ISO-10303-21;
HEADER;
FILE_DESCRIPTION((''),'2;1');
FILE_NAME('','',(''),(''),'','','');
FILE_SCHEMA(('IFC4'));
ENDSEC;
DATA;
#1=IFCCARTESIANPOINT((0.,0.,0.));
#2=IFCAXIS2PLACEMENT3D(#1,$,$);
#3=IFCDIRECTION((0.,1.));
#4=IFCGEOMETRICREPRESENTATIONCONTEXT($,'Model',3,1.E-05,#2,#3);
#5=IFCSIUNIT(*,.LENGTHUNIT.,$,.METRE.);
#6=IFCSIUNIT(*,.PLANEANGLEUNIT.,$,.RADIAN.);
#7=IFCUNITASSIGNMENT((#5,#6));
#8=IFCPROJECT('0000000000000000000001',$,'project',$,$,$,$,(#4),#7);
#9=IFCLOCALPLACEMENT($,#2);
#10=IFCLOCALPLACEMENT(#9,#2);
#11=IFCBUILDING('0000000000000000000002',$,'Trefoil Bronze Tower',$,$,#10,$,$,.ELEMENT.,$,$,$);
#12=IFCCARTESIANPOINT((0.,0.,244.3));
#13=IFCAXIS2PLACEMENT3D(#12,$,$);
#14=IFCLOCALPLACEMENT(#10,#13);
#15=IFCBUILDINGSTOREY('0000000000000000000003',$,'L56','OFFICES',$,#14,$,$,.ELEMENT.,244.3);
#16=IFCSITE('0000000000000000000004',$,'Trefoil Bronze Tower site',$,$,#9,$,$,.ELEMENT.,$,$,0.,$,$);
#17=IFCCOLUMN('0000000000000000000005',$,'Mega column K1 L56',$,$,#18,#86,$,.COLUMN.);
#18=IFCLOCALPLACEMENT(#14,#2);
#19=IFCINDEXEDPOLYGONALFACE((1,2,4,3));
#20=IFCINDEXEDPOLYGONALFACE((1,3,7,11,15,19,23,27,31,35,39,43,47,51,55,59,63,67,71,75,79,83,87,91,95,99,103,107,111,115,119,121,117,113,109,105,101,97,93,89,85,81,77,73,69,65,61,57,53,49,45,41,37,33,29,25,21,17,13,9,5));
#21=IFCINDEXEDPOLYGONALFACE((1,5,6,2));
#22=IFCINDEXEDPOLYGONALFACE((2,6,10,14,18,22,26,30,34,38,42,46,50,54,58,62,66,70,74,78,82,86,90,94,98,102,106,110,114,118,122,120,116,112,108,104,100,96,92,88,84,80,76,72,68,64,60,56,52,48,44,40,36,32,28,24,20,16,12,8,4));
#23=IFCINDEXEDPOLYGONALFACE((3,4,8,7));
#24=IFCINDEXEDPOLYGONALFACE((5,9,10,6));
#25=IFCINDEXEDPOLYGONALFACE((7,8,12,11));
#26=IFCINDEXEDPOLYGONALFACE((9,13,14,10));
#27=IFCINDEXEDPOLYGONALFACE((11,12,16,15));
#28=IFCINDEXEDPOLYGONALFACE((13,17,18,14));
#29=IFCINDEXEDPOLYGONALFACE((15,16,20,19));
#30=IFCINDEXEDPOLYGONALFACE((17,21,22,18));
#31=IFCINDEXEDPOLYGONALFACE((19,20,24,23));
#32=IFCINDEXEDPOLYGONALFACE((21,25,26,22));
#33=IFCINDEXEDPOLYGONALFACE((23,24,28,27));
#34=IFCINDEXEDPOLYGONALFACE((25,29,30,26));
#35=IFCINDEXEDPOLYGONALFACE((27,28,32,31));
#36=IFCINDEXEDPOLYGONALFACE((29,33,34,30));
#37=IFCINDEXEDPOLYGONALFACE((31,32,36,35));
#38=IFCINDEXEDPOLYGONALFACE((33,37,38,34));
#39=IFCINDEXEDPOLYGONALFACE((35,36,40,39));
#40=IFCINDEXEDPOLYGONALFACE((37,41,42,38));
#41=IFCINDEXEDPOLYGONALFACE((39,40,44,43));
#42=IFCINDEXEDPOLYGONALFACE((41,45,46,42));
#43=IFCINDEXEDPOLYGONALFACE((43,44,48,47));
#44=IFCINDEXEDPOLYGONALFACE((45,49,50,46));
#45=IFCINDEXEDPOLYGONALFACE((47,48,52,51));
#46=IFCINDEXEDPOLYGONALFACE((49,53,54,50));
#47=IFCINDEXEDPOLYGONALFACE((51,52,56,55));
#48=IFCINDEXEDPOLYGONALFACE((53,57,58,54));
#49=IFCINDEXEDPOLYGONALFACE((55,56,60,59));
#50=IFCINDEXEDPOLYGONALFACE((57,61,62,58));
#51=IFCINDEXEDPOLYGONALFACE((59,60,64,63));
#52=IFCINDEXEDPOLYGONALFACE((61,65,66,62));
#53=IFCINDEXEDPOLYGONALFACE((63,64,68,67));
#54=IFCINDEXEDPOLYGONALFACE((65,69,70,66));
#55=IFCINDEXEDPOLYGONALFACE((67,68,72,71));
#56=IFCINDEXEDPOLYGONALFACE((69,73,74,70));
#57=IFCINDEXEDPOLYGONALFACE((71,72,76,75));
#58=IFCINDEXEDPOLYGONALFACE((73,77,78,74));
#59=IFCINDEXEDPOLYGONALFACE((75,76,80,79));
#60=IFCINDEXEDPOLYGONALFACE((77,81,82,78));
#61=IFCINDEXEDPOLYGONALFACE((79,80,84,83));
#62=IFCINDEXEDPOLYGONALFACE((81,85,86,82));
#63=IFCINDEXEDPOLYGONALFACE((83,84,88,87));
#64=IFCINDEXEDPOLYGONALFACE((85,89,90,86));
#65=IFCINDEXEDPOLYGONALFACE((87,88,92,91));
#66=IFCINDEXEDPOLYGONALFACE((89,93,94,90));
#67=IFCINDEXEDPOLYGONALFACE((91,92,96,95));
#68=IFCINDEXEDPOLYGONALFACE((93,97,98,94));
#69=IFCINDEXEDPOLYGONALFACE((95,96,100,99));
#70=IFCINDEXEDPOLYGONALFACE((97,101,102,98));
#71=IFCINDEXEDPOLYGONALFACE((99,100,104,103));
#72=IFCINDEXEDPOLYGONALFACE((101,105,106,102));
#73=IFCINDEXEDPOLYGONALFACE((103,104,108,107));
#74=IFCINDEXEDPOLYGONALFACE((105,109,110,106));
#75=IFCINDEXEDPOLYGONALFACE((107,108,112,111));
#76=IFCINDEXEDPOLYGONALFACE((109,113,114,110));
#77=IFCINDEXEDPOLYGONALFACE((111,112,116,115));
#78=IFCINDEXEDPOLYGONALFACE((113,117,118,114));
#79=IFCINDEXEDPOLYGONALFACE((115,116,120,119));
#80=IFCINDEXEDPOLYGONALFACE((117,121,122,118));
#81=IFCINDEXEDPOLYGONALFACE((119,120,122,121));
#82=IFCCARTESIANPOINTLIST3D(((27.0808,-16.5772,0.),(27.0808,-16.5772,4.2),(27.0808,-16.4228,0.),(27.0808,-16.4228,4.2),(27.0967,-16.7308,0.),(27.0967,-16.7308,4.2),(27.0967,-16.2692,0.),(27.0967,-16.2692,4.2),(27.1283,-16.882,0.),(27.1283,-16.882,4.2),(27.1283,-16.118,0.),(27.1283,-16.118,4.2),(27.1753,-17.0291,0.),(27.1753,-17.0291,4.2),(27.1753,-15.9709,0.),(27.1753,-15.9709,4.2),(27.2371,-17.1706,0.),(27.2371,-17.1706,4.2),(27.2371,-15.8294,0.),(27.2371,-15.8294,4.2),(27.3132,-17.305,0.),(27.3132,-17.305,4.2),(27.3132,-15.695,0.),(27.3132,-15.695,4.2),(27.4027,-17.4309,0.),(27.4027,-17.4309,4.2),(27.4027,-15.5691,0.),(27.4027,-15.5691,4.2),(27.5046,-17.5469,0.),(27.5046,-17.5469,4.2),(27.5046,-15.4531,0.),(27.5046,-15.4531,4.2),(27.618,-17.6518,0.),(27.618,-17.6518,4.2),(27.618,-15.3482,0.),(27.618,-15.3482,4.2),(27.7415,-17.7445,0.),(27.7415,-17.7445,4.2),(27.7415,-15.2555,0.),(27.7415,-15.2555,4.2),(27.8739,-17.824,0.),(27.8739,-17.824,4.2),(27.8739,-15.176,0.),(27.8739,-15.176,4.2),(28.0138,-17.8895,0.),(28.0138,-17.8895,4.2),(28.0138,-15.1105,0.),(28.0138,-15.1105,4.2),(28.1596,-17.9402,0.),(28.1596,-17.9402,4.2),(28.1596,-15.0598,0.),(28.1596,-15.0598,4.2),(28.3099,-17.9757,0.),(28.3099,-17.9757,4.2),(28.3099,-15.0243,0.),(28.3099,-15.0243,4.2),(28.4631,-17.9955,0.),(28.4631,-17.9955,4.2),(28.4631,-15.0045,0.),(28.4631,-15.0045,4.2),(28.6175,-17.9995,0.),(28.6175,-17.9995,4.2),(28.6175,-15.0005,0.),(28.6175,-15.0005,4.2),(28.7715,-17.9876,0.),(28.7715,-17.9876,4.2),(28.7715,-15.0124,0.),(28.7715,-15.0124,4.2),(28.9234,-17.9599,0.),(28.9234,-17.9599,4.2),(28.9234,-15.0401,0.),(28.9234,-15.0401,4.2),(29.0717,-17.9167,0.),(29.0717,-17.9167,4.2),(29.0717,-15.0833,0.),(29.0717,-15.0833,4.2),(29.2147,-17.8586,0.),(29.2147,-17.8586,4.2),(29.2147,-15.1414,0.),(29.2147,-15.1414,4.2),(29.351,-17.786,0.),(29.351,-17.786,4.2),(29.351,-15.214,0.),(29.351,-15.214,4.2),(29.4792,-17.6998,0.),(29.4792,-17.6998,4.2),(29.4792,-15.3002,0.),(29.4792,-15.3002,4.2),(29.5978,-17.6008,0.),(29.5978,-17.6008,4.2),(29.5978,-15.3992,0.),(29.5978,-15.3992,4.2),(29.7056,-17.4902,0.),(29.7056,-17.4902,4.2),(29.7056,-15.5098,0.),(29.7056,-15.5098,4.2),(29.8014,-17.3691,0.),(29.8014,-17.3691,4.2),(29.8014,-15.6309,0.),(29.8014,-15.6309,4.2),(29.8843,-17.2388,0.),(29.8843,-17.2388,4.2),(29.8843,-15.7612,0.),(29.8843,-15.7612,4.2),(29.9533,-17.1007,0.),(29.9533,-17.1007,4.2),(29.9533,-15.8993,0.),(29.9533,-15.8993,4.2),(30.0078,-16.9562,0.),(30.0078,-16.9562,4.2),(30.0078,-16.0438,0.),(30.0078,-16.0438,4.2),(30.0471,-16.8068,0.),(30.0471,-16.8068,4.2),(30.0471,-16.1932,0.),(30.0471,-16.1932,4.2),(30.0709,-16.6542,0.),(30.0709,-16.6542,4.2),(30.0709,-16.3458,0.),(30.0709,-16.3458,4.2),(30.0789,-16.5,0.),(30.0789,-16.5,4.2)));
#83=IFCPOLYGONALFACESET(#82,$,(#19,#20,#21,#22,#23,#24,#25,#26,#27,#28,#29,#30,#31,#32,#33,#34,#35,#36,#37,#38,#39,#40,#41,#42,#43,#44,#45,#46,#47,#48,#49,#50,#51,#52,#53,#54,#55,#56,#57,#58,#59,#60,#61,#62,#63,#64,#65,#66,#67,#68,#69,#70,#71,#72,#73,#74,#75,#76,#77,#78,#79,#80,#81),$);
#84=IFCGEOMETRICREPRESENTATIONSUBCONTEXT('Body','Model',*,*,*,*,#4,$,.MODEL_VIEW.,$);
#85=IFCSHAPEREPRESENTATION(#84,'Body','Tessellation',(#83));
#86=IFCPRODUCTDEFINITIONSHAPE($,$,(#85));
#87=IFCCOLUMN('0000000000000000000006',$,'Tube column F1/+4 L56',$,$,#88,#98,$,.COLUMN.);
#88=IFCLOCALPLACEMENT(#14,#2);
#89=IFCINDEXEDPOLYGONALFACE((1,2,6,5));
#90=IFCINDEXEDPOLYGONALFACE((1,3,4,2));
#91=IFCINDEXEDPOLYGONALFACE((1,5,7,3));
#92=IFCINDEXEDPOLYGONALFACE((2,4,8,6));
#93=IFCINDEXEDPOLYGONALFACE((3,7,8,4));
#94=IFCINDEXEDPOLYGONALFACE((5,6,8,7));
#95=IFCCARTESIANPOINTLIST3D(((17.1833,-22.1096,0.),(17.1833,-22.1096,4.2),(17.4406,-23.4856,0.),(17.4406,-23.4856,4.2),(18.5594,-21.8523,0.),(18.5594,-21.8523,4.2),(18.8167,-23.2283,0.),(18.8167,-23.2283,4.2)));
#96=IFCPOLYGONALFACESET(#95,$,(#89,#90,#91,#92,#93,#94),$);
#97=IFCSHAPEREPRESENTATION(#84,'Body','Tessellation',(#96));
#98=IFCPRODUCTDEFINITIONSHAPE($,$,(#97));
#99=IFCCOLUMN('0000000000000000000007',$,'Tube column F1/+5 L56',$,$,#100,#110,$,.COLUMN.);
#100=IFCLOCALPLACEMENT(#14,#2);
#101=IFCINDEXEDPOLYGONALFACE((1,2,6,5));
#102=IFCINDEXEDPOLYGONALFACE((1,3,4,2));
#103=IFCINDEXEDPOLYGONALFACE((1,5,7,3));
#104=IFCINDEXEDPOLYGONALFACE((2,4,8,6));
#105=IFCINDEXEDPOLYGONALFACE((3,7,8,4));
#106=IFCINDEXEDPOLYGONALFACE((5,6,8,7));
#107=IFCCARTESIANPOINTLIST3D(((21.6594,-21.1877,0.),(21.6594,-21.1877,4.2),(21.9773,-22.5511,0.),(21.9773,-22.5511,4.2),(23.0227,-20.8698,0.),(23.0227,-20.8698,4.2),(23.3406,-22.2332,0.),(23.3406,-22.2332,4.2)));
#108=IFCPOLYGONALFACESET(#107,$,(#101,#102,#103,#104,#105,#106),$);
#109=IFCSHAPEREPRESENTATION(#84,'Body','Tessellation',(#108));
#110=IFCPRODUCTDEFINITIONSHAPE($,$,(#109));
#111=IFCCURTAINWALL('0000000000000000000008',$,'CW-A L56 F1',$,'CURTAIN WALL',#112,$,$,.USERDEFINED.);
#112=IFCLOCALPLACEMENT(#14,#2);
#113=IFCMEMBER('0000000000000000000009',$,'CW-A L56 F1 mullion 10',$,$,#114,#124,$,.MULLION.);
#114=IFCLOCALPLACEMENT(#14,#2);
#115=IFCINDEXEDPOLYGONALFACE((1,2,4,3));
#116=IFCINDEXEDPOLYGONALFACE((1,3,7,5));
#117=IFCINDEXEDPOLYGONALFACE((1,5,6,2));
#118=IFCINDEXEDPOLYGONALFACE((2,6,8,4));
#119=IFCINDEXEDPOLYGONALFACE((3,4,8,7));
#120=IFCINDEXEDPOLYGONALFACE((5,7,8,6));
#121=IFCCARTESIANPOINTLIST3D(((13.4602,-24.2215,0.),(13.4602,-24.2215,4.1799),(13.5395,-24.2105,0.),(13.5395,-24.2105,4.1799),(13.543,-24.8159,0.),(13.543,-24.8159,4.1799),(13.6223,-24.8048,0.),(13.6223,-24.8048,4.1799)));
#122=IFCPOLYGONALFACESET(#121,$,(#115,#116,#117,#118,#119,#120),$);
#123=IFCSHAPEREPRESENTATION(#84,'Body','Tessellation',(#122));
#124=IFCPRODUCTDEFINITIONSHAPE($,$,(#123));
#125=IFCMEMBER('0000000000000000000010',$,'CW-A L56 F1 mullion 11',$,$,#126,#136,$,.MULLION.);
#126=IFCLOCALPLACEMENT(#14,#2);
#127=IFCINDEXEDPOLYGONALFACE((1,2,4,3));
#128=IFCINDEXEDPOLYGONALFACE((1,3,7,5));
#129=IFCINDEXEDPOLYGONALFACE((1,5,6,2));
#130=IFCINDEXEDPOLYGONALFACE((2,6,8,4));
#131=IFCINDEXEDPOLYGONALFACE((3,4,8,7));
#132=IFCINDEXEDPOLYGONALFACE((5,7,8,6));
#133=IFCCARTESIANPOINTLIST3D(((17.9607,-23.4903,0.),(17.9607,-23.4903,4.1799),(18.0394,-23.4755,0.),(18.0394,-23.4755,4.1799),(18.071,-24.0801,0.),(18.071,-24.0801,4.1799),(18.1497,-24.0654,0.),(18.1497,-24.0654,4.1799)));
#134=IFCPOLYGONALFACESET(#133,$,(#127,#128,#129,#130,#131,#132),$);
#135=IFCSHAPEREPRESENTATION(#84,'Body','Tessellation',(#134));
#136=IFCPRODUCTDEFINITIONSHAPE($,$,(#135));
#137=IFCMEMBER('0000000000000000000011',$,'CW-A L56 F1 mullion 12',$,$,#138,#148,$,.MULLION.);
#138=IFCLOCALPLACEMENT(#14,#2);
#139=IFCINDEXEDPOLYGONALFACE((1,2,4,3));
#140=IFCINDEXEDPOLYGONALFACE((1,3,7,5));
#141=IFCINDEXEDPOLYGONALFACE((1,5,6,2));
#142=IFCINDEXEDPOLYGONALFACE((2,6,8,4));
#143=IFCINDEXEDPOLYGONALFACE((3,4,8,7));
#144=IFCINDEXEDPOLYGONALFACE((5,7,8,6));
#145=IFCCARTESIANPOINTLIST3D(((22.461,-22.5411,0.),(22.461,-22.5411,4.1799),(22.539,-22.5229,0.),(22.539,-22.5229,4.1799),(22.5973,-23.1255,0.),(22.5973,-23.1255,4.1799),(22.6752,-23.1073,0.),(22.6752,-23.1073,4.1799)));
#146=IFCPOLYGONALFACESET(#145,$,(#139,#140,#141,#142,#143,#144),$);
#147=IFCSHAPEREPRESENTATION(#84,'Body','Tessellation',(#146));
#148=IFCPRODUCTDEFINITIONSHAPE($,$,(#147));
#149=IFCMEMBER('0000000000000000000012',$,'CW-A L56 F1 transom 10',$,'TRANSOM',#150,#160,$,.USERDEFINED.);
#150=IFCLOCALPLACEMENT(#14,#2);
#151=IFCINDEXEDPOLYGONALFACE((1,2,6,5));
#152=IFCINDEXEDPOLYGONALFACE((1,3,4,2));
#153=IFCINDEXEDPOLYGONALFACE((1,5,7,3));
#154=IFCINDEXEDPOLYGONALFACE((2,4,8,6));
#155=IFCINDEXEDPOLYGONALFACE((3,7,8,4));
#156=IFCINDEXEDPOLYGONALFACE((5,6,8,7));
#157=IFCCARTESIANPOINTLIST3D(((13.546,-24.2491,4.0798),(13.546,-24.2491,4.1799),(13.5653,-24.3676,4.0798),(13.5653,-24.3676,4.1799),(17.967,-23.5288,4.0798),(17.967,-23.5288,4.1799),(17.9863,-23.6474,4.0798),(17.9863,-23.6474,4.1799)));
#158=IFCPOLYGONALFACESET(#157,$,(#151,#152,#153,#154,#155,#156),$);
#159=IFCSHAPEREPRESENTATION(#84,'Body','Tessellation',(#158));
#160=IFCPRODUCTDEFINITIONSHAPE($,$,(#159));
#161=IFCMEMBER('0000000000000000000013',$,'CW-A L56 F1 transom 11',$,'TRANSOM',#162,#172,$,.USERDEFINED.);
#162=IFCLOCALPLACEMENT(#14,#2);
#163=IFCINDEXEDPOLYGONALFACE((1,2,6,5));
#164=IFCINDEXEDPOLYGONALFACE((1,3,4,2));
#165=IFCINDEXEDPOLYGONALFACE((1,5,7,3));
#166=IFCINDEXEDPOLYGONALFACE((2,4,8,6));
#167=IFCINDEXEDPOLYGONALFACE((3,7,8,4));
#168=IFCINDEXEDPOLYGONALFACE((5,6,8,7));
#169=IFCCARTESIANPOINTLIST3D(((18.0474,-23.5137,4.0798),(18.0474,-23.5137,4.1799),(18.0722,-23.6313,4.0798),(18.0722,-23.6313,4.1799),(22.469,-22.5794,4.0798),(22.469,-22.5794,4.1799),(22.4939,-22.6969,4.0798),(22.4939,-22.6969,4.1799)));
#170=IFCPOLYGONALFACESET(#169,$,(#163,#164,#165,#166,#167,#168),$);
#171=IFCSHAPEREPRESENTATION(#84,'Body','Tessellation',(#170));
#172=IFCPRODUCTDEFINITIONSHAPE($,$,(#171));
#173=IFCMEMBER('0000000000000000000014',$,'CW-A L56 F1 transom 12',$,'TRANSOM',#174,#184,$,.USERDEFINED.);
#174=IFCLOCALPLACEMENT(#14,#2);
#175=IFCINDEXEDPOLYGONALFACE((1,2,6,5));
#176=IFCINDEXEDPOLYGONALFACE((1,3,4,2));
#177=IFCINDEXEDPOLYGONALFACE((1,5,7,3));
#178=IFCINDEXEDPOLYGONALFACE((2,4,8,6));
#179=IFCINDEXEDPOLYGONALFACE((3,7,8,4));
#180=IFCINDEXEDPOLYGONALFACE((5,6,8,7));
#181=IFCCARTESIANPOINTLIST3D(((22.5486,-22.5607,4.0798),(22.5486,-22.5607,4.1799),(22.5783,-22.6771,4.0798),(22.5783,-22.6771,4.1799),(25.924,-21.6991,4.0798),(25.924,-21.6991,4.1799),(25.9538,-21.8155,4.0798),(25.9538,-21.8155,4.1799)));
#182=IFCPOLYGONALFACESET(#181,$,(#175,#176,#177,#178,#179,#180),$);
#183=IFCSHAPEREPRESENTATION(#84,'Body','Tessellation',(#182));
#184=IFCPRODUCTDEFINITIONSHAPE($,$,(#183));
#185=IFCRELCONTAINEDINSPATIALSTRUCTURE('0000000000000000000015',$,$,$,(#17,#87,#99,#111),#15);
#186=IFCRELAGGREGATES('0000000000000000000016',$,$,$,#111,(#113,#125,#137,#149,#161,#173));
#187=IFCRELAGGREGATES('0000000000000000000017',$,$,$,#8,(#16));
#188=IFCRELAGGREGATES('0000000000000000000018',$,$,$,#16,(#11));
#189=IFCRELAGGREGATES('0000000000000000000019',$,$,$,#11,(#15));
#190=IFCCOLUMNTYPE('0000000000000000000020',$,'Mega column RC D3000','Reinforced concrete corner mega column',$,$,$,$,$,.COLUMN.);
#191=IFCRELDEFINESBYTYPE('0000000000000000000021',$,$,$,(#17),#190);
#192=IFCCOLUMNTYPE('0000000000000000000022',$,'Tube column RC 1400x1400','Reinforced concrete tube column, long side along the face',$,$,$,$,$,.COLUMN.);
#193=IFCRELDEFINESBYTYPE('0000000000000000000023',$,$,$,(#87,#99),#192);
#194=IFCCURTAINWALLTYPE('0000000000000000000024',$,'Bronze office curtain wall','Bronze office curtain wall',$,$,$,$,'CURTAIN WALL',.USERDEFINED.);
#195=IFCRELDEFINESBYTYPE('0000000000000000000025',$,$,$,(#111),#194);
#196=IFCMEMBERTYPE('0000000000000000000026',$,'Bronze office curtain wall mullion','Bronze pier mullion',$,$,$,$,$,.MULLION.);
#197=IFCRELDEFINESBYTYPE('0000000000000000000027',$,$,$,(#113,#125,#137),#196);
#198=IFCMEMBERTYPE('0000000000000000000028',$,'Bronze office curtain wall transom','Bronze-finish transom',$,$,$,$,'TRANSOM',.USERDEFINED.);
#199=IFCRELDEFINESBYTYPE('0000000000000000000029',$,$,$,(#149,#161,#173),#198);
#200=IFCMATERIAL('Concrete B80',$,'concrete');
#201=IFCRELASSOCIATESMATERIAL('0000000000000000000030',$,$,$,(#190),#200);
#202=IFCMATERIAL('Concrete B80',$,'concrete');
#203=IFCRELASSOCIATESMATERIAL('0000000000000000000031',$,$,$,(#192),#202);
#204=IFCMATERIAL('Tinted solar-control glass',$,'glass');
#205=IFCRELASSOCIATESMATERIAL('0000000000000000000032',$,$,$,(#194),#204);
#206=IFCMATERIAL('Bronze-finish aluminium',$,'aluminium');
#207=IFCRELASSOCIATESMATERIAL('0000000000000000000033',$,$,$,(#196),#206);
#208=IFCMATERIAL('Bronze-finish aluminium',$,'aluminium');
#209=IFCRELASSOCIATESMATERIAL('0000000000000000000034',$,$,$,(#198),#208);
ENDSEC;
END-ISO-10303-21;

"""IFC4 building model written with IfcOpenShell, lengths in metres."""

from ifc_helpers import new_model, si_unit, direction, frame, origin, origin_2d, place, context, subcontext, project, spatial, rectangle, circle, extrude, material, material_profile, profile_set, type_object, element, aggregate, save


model = new_model("IFC4")

# Units and contexts
model_context = context("Model", 3, precision=1e-05, world=origin(), true_north=direction((0.0, 1.0)))
body_context = subcontext(model_context, "Body", "Model", "MODEL_VIEW")
ifc_project = project(units=[si_unit("LENGTHUNIT", "METRE"), si_unit("PLANEANGLEUNIT", "RADIAN")], contexts=[model_context])

# Site, building, storey
site_placement = place(None, origin())
site = spatial("IfcSite", under=ifc_project, at=site_placement, Name="Trefoil Bronze Tower site", CompositionType="ELEMENT", RefElevation=0.0)
building_placement = place(site_placement, origin())
building = spatial("IfcBuilding", under=site, at=building_placement, Name="Trefoil Bronze Tower", CompositionType="ELEMENT")
storey_placement = place(building_placement, frame((0.0, 0.0, 244.3)))
storey = spatial("IfcBuildingStorey", under=building, at=storey_placement, Name="L56", Description="OFFICES", CompositionType="ELEMENT", Elevation=244.3)

# Columns
ifc_material_1 = material(Name="Concrete B80", Category="concrete")
ifc_material_profile_1 = material_profile(ifc_material_1, circle(Radius=1.5, at=origin_2d()), Name="RC D3000")
ifc_profile_set_1 = profile_set([ifc_material_profile_1], Name="Concrete B80")
column_type_1 = type_object("IfcColumnType", Name="Mega column RC D3000", Description="Reinforced concrete corner mega column", PredefinedType="COLUMN", material=ifc_profile_set_1)
column_placement = place(storey_placement, frame((28.5789, -16.5, 0.0), z_axis=(0.0, 0.0, 1.0), x_axis=(1.0, 0.0, 0.0)))
element("IfcColumn", 1, at=column_placement, inside=storey, type_object=column_type_1, Name="Mega column K1 L56", PredefinedType="COLUMN", context=body_context, shape_type="SweptSolid", body=[
    extrude(circle(Radius=1.5, at=origin_2d()), origin(), (0.0, 0.0, 1.0), 4.2),
])
ifc_material_2 = material(Name="Concrete B80", Category="concrete")
ifc_material_profile_2 = material_profile(ifc_material_2, rectangle(XDim=1.3999, YDim=1.3999, at=origin_2d()), Name="RC 1400x1400")
ifc_profile_set_2 = profile_set([ifc_material_profile_2], Name="Concrete B80")
column_type_2 = type_object("IfcColumnType", Name="Tube column RC 1400x1400", Description="Reinforced concrete tube column, long side along the face", PredefinedType="COLUMN", material=ifc_profile_set_2)
for number, where, z_axis, x_axis, name in (
    (2, (18.0, -22.6689, 0.0), (0.0, 0.0, 1.0), (0.982959, 0.183825, 0.0), "Tube column F1/+4 L56"),
    (3, (22.5, -21.7104, 0.0), (0.0, 0.0, 1.0), (0.973875, 0.227083, 0.0), "Tube column F1/+5 L56"),
):
    element("IfcColumn", number, at=place(storey_placement, frame(where, z_axis=z_axis, x_axis=x_axis)), inside=storey, type_object=column_type_2, Name=name, PredefinedType="COLUMN", context=body_context, shape_type="SweptSolid", body=[
        extrude(rectangle(XDim=1.3999, YDim=1.3999, at=origin_2d()), origin(), (0.0, 0.0, 1.0), 4.2),
    ])

# Curtain wall, members
ifc_material_3 = material(Name="Tinted solar-control glass", Category="glass")
curtain_wall_type_1 = type_object("IfcCurtainWallType", Name="Bronze office curtain wall", Description="Bronze office curtain wall", ElementType="CURTAIN WALL", PredefinedType="USERDEFINED", material=ifc_material_3)
curtain_wall_1_placement = place(storey_placement, origin())
curtain_wall_1 = element("IfcCurtainWall", 4, at=curtain_wall_1_placement, inside=storey, type_object=curtain_wall_type_1, Name="CW-A L56 F1", ObjectType="CURTAIN WALL", PredefinedType="USERDEFINED")
ifc_material_4 = material(Name="Bronze-finish aluminium", Category="aluminium")
ifc_material_profile_3 = material_profile(ifc_material_4, rectangle(XDim=0.6001, YDim=0.0801, at=origin_2d()), Name="CW-A mullion")
ifc_profile_set_3 = profile_set([ifc_material_profile_3], Name="Bronze-finish aluminium")
member_type_1 = type_object("IfcMemberType", Name="Bronze office curtain wall mullion", Description="Bronze pier mullion", PredefinedType="MULLION", material=ifc_profile_set_3)
member_1_placement = place(storey_placement, frame((13.5413, -24.5132, 0.0), z_axis=(0.0, 0.0, 1.0), x_axis=(-0.137868, 0.990451, 0.0)))
member_1 = element("IfcMember", 5, at=member_1_placement, type_object=member_type_1, Name="CW-A L56 F1 mullion 10", PredefinedType="MULLION", context=body_context, shape_type="SweptSolid", body=[
    extrude(rectangle(XDim=0.6001, YDim=0.0801, at=origin_2d()), origin(), (0.0, 0.0, 1.0), 4.1799),
])
member_2_placement = place(storey_placement, frame((18.0552, -23.7778, 0.0), z_axis=(0.0, 0.0, 1.0), x_axis=(-0.183825, 0.982959, 0.0)))
member_2 = element("IfcMember", 6, at=member_2_placement, type_object=member_type_1, Name="CW-A L56 F1 mullion 11", PredefinedType="MULLION", context=body_context, shape_type="SweptSolid", body=[
    extrude(rectangle(XDim=0.6001, YDim=0.0801, at=origin_2d()), origin(), (0.0, 0.0, 1.0), 4.1799),
])
member_3_placement = place(storey_placement, frame((22.5681, -22.8242, 0.0), z_axis=(0.0, 0.0, 1.0), x_axis=(-0.227083, 0.973875, 0.0)))
member_3 = element("IfcMember", 7, at=member_3_placement, type_object=member_type_1, Name="CW-A L56 F1 mullion 12", PredefinedType="MULLION", context=body_context, shape_type="SweptSolid", body=[
    extrude(rectangle(XDim=0.6001, YDim=0.0801, at=origin_2d()), origin(), (0.0, 0.0, 1.0), 4.1799),
])
ifc_material_5 = material(Name="Bronze-finish aluminium", Category="aluminium")
ifc_material_profile_4 = material_profile(ifc_material_5, rectangle(XDim=0.1201, YDim=0.1001, at=origin_2d()), Name="CW-A transom")
ifc_profile_set_4 = profile_set([ifc_material_profile_4], Name="Bronze-finish aluminium")
member_type_2 = type_object("IfcMemberType", Name="Bronze office curtain wall transom", Description="Bronze-finish transom", ElementType="TRANSOM", PredefinedType="USERDEFINED", material=ifc_profile_set_4)
member_4_placement = place(storey_placement, frame((13.5557, -24.3083, 4.1299), z_axis=(0.986988, 0.160792, 0.0), x_axis=(-0.160792, 0.986988, 0.0)))
member_4 = element("IfcMember", 8, at=member_4_placement, type_object=member_type_2, Name="CW-A L56 F1 transom 10", ObjectType="TRANSOM", PredefinedType="USERDEFINED", context=body_context, shape_type="SweptSolid", body=[
    extrude(rectangle(XDim=0.1201, YDim=0.1001, at=origin_2d()), origin(), (0.0, 0.0, 1.0), 4.4792),
])
member_5_placement = place(storey_placement, frame((18.0598, -23.5725, 4.1299), z_axis=(0.978395, 0.206743, 0.0), x_axis=(-0.206743, 0.978395, 0.0)))
member_5 = element("IfcMember", 9, at=member_5_placement, type_object=member_type_2, Name="CW-A L56 F1 transom 11", ObjectType="TRANSOM", PredefinedType="USERDEFINED", context=body_context, shape_type="SweptSolid", body=[
    extrude(rectangle(XDim=0.1201, YDim=0.1001, at=origin_2d()), origin(), (0.0, 0.0, 1.0), 4.5193),
])
member_6_placement = place(storey_placement, frame((22.5635, -22.6189, 4.1299), z_axis=(0.968935, 0.247315, 0.0), x_axis=(-0.247315, 0.968935, 0.0)))
member_6 = element("IfcMember", 10, at=member_6_placement, type_object=member_type_2, Name="CW-A L56 F1 transom 12", ObjectType="TRANSOM", PredefinedType="USERDEFINED", context=body_context, shape_type="SweptSolid", body=[
    extrude(rectangle(XDim=0.1201, YDim=0.1001, at=origin_2d()), origin(), (0.0, 0.0, 1.0), 3.4836),
])

aggregate(curtain_wall_1, [member_1, member_2, member_3, member_4, member_5, member_6])

save(model, "model.ifc")
